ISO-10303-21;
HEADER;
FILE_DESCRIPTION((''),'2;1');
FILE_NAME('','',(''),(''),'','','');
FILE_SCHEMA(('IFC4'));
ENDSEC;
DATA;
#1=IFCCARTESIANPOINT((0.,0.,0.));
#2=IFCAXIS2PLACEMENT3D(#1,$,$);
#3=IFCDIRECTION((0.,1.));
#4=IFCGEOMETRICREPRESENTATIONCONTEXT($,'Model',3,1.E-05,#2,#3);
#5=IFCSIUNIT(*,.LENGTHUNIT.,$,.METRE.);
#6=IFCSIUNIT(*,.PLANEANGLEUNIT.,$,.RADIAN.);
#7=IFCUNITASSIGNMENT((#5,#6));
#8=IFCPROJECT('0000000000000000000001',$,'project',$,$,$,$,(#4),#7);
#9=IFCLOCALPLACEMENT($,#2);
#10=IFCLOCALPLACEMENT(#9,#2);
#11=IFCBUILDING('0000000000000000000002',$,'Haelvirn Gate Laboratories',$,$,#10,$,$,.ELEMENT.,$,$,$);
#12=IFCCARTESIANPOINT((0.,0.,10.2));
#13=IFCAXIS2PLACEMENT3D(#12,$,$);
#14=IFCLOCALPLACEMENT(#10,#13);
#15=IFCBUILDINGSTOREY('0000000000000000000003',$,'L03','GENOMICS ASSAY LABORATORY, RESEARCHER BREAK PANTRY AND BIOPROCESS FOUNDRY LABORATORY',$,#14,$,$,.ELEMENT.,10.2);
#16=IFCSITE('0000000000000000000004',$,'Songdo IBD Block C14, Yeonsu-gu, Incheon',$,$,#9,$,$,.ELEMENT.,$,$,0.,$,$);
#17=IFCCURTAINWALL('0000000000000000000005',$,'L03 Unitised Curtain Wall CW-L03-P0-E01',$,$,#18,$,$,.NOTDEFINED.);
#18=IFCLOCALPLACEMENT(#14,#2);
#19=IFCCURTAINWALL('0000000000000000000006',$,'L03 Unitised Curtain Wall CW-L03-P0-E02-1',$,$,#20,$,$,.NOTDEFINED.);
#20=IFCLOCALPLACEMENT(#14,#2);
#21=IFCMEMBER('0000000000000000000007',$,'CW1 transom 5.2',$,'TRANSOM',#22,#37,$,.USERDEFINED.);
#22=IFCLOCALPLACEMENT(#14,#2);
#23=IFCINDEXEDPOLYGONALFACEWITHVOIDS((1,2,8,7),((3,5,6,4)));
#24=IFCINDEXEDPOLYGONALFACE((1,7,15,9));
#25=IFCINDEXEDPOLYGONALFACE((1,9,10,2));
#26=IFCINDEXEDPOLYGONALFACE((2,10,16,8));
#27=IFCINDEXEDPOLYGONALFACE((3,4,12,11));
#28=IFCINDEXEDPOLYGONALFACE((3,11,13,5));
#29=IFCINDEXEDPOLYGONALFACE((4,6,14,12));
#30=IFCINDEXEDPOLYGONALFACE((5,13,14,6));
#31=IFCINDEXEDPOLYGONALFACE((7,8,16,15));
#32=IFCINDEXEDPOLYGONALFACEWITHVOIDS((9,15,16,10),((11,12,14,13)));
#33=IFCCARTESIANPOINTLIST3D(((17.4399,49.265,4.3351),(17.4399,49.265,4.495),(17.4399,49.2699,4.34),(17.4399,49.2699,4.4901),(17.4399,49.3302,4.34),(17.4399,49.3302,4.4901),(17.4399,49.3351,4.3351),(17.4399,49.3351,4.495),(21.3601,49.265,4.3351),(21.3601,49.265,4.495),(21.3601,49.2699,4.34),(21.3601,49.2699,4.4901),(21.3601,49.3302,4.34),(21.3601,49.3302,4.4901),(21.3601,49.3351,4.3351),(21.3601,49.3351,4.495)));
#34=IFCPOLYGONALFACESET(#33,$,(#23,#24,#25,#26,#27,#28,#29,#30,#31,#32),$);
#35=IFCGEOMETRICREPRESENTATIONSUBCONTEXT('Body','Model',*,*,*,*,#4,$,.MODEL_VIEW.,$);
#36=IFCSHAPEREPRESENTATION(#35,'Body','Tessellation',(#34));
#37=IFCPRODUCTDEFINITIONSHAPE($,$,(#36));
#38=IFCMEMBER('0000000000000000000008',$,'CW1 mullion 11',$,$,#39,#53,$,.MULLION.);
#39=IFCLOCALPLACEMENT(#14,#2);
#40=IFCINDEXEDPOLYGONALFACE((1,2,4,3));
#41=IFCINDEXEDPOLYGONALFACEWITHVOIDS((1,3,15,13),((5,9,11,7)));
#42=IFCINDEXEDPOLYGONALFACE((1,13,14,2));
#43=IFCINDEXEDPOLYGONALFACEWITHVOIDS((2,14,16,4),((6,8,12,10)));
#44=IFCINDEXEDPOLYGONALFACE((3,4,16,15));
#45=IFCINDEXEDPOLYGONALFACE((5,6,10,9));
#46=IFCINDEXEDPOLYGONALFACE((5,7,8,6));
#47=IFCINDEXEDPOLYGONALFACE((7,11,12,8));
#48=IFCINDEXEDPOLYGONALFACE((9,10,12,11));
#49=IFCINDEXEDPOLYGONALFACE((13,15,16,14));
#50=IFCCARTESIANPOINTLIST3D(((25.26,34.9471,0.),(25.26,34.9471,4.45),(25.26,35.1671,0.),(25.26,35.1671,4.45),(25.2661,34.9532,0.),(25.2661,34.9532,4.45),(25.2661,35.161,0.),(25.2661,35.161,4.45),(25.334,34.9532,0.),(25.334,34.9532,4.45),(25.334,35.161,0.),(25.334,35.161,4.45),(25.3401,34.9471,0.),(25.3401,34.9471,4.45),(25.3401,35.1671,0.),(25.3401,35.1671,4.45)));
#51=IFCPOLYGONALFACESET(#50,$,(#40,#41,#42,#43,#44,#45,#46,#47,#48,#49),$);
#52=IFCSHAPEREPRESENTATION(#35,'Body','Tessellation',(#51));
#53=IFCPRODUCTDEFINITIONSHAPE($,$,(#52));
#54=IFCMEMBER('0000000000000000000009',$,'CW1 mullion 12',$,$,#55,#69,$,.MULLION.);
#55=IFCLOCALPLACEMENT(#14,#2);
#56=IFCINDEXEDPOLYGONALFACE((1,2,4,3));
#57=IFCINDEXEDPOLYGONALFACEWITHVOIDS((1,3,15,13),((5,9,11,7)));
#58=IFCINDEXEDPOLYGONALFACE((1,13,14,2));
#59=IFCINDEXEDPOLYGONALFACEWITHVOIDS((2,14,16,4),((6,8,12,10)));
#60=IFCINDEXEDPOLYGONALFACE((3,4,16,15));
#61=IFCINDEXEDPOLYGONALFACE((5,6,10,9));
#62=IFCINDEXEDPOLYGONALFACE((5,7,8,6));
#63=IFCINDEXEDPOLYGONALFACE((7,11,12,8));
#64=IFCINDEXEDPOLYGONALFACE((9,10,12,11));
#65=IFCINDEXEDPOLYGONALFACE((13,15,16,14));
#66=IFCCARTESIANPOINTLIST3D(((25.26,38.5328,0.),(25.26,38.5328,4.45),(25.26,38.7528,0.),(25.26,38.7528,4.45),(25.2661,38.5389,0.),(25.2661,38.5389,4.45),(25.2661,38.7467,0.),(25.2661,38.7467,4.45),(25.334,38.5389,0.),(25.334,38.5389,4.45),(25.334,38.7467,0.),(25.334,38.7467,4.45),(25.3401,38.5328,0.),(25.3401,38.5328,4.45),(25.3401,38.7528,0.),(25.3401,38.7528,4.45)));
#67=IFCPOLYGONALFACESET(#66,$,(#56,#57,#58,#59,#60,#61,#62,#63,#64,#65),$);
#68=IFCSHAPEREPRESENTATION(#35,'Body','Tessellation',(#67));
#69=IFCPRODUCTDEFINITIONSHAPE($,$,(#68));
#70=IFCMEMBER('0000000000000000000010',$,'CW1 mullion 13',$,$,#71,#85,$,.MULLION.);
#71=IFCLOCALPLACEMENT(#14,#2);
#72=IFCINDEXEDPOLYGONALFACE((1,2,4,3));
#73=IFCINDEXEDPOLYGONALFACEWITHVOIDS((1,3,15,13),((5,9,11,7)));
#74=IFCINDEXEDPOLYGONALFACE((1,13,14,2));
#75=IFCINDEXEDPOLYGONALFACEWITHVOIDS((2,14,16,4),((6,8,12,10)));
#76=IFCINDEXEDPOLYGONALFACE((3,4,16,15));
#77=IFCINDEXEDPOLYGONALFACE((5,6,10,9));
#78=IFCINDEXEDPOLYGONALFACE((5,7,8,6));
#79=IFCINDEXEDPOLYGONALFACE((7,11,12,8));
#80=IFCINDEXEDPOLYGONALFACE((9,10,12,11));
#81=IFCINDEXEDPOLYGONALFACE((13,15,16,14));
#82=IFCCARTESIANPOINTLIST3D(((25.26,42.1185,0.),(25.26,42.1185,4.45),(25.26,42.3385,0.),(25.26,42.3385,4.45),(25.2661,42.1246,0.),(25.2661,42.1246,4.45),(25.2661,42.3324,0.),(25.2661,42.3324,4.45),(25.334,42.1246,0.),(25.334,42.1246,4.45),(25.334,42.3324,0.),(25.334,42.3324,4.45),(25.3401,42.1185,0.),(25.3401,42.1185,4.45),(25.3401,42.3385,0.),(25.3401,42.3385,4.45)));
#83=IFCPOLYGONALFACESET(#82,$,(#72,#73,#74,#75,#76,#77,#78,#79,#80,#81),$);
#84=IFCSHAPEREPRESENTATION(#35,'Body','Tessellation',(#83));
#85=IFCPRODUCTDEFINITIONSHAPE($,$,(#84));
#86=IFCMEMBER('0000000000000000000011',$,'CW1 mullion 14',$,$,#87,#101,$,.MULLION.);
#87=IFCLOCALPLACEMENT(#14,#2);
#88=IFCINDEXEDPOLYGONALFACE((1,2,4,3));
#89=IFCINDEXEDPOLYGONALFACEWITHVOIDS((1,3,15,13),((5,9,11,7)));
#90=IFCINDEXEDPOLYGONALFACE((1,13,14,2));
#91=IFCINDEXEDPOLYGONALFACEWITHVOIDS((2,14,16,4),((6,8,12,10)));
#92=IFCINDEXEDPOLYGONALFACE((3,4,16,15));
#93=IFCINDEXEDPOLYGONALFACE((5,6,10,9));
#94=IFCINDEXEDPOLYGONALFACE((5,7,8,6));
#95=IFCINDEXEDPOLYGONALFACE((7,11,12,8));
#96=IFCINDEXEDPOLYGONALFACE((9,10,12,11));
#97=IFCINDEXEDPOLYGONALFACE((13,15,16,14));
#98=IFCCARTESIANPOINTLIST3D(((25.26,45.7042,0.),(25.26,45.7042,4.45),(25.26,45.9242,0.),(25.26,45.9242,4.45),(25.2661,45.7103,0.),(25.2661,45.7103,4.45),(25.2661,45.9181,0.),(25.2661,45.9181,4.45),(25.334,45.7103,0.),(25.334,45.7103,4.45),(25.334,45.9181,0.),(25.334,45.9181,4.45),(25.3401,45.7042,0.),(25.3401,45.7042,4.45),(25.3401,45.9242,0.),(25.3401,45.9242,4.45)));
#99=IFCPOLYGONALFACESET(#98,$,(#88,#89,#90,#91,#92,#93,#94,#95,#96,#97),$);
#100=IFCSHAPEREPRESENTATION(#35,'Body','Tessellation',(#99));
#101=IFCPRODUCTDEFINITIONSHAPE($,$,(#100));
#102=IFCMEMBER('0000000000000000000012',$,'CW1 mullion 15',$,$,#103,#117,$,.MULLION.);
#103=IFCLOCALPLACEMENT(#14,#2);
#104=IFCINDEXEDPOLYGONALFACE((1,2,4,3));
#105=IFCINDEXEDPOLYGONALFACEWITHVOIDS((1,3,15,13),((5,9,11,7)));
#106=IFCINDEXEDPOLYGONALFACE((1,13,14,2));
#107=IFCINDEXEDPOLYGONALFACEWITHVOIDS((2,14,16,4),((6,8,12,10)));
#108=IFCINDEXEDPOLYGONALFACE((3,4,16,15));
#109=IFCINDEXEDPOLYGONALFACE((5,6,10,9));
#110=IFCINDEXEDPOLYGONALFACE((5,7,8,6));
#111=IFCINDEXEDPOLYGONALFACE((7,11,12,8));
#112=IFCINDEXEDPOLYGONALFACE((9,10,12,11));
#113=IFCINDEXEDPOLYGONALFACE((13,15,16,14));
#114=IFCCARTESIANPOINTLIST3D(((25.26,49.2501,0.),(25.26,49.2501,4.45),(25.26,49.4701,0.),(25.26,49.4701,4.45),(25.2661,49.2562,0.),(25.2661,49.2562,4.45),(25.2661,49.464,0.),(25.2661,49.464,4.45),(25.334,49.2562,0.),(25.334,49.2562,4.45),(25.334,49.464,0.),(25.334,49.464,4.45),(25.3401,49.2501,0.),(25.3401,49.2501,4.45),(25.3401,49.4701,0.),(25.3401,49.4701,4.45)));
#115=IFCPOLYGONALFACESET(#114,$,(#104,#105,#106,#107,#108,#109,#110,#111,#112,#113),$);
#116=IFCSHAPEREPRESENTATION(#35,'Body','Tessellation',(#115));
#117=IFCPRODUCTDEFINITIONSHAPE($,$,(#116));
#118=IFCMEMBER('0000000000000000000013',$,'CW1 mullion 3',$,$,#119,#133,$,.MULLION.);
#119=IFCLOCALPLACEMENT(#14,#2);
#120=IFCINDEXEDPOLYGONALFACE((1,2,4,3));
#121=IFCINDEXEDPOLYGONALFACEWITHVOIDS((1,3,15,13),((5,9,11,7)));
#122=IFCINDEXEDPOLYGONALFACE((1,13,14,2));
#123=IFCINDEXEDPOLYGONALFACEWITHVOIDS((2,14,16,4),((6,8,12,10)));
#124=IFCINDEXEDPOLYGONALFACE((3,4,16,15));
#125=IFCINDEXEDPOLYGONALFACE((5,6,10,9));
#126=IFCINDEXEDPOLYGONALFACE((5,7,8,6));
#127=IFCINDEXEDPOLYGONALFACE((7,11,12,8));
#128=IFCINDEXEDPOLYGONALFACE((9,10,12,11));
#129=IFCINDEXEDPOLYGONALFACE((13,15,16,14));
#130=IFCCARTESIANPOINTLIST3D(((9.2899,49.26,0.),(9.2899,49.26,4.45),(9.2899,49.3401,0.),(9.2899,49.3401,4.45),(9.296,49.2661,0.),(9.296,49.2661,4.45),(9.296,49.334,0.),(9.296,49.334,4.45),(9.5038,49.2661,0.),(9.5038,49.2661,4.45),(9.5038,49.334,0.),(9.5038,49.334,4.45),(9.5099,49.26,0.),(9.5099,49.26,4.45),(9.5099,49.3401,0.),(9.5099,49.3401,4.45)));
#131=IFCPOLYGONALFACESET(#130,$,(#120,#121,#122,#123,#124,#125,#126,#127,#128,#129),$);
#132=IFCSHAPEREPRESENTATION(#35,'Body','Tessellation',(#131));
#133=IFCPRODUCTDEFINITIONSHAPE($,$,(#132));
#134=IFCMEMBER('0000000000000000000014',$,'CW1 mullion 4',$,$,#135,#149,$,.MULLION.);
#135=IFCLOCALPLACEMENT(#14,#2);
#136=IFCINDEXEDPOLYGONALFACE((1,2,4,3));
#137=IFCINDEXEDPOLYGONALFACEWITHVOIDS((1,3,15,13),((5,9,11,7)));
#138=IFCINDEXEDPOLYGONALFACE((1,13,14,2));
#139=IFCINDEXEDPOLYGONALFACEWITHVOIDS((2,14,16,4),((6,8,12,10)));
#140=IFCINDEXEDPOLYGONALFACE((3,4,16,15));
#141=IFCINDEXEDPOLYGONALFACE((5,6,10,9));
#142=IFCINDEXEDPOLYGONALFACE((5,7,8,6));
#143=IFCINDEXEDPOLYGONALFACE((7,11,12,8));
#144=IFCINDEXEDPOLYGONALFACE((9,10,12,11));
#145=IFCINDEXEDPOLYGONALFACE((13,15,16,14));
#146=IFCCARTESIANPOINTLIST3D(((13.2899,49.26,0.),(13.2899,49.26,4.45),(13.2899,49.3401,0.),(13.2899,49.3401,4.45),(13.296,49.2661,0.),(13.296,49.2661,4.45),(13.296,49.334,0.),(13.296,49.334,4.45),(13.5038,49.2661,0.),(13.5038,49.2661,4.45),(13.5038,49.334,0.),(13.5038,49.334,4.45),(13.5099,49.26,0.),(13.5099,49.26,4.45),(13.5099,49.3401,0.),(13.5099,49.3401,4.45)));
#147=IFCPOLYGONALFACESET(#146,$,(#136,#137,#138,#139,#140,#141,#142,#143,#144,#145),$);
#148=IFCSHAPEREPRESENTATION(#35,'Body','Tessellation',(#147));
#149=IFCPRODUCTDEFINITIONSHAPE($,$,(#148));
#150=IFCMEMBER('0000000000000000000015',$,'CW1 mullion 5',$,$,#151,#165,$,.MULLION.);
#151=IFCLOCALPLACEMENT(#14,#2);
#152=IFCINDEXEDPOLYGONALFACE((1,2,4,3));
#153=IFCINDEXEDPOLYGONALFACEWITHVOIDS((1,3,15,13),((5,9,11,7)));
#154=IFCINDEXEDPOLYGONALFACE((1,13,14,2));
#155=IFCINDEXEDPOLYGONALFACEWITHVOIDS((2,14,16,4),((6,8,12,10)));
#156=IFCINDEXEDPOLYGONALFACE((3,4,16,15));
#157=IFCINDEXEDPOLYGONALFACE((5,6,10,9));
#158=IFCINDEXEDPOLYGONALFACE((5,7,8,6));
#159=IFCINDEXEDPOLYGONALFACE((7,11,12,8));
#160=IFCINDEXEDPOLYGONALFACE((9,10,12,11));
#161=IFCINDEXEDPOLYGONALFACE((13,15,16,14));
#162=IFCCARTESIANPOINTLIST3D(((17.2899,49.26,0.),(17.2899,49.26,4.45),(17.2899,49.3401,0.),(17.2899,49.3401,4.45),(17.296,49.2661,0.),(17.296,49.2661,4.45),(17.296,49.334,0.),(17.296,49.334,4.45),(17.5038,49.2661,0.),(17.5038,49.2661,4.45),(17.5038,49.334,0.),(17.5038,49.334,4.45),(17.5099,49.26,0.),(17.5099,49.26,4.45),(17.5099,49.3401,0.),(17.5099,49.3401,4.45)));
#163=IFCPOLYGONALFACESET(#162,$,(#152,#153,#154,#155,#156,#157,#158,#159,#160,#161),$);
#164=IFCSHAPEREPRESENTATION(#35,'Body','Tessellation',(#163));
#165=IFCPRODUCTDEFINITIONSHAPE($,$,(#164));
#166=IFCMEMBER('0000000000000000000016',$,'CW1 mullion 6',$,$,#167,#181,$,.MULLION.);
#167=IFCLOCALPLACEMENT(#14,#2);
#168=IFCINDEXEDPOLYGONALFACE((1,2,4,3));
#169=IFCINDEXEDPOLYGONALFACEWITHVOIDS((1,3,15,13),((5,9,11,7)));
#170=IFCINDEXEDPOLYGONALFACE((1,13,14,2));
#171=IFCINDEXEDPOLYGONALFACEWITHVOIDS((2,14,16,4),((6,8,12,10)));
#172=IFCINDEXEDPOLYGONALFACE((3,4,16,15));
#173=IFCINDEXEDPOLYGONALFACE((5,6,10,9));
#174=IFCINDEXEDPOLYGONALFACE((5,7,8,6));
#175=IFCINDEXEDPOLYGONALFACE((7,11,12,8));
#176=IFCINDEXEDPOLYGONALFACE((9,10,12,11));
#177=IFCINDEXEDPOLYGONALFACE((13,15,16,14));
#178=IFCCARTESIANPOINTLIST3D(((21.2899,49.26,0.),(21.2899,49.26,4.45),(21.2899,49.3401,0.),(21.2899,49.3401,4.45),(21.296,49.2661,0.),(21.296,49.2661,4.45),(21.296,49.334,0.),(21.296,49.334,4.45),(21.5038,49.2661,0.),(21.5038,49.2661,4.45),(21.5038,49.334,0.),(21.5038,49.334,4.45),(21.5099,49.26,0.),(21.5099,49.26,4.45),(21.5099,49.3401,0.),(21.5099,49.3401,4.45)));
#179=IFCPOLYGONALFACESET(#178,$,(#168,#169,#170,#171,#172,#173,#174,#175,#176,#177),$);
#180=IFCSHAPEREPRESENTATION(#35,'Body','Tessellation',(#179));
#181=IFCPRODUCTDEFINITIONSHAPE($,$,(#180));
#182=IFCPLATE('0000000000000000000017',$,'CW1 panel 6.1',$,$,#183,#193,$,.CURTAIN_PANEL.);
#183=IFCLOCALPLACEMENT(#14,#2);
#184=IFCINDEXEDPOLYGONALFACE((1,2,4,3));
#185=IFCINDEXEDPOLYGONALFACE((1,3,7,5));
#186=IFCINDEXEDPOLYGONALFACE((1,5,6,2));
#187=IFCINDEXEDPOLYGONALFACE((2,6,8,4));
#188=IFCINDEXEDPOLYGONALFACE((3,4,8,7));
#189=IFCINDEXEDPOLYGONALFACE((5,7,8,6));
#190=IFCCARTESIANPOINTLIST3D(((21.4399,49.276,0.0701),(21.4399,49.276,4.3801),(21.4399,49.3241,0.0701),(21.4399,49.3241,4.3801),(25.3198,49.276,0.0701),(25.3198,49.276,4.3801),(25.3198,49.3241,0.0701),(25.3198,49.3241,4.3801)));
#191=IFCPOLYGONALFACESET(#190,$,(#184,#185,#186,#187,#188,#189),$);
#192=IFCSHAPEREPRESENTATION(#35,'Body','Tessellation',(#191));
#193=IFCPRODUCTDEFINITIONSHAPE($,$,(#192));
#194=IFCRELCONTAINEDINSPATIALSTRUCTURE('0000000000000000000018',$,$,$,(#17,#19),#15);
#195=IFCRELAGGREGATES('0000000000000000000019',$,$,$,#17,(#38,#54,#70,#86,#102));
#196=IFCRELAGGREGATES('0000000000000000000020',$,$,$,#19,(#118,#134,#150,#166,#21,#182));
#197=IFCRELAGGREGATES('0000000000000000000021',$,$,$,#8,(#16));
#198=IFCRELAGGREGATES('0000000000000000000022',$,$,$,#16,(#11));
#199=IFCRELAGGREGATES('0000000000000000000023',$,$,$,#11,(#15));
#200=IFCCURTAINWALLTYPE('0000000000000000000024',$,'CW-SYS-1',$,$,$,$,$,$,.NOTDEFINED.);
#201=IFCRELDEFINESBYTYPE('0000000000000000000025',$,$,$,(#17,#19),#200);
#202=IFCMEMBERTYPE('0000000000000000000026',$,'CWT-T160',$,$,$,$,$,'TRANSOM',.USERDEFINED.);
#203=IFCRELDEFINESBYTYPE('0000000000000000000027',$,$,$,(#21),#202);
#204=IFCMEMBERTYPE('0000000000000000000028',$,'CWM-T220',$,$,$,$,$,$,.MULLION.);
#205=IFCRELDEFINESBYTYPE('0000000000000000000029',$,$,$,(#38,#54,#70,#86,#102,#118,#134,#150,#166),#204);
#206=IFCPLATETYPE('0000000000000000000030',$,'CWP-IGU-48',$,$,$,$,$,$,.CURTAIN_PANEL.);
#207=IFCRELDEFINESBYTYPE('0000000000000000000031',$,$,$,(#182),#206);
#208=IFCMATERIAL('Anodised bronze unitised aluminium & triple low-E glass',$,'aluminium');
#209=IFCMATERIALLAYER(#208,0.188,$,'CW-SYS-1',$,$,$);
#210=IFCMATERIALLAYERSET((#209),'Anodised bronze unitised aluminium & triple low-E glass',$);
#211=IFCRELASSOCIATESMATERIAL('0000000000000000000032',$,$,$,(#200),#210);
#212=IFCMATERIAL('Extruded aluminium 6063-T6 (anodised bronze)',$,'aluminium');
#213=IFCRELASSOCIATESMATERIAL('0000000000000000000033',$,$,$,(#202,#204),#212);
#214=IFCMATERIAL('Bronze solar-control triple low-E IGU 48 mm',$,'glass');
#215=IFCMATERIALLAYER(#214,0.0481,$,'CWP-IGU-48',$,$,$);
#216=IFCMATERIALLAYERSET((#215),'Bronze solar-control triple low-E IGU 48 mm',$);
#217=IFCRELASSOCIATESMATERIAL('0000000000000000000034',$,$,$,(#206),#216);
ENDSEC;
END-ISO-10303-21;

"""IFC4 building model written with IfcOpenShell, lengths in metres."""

from ifc_helpers import new_model, si_unit, direction, frame, origin, origin_2d, place, context, subcontext, project, spatial, rectangle, hollow_rectangle, extrude, source, transform, mapped, material, layer, layer_set, material_profile, profile_set, type_object, type_shapes, element, aggregate, save


model = new_model("IFC4")

# Units and contexts
model_context = context("Model", 3, precision=1e-05, world=origin(), true_north=direction((0.0, 1.0)))
body_context = subcontext(model_context, "Body", "Model", "MODEL_VIEW")
ifc_project = project(units=[si_unit("LENGTHUNIT", "METRE"), si_unit("PLANEANGLEUNIT", "RADIAN")], contexts=[model_context])

# Site, building, storey
site_placement = place(None, origin())
site = spatial("IfcSite", under=ifc_project, at=site_placement, Name="Songdo IBD Block C14, Yeonsu-gu, Incheon", CompositionType="ELEMENT", RefElevation=0.0)
building_placement = place(site_placement, origin())
building = spatial("IfcBuilding", under=site, at=building_placement, Name="Haelvirn Gate Laboratories", CompositionType="ELEMENT")
storey_placement = place(building_placement, frame((0.0, 0.0, 10.2)))
storey = spatial("IfcBuildingStorey", under=building, at=storey_placement, Name="L03", Description="GENOMICS ASSAY LABORATORY, RESEARCHER BREAK PANTRY AND BIOPROCESS FOUNDRY LABORATORY", CompositionType="ELEMENT", Elevation=10.2)

# Curtain wall
ifc_material_1 = material(Name="Anodised bronze unitised aluminium & triple low-E glass", Category="aluminium")
ifc_layer_1 = layer(ifc_material_1, 0.188, Name="CW-SYS-1")
ifc_layer_set_1 = layer_set([ifc_layer_1], Name="Anodised bronze unitised aluminium & triple low-E glass")
curtain_wall_type = type_object("IfcCurtainWallType", Name="CW-SYS-1", PredefinedType="NOTDEFINED", material=ifc_layer_set_1)
curtain_wall_1_placement = place(storey_placement, origin())
curtain_wall_1 = element("IfcCurtainWall", 1, at=curtain_wall_1_placement, inside=storey, type_object=curtain_wall_type, Name="L03 Unitised Curtain Wall CW-L03-P0-E01", PredefinedType="NOTDEFINED")
ifc_material_2 = material(Name="Extruded aluminium 6063-T6 (anodised bronze)", Category="aluminium")
ifc_material_profile_1 = material_profile(ifc_material_2, hollow_rectangle(XDim=0.0701, YDim=0.1599, WallThickness=0.0049, at=origin_2d()), Name="CWT-160x70x5")
ifc_profile_set_1 = profile_set([ifc_material_profile_1], Name="Extruded aluminium 6063-T6 (anodised bronze)")
member_type_1 = type_object("IfcMemberType", Name="CWT-T160", ElementType="TRANSOM", PredefinedType="USERDEFINED", material=ifc_profile_set_1)

# Curtain wall, member
curtain_wall_2_placement = place(storey_placement, origin())
curtain_wall_2 = element("IfcCurtainWall", 2, at=curtain_wall_2_placement, inside=storey, type_object=curtain_wall_type, Name="L03 Unitised Curtain Wall CW-L03-P0-E02-1", PredefinedType="NOTDEFINED")
shared_shape_1 = source(origin(), body_context, "Body", "SweptSolid", [
    extrude(hollow_rectangle(XDim=0.0701, YDim=0.1599, WallThickness=0.0049, at=origin_2d()), origin(), (0.0, 0.0, 1.0), 3.9202),
])
member_1_placement = place(storey_placement, frame((17.4399, 49.3, 4.415), z_axis=(1.0, 0.0, 0.0), x_axis=(0.0, 1.0, 0.0)))
member_1 = element("IfcMember", 3, at=member_1_placement, type_object=member_type_1, Name="CW1 transom 5.2", ObjectType="TRANSOM", PredefinedType="USERDEFINED", context=body_context, shape_type="MappedRepresentation", body=[
    mapped(shared_shape_1, transform((0.0, 0.0, 0.0), scale=1.0)),
])

# Members
ifc_material_profile_2 = material_profile(ifc_material_2, hollow_rectangle(XDim=0.0801, YDim=0.22, WallThickness=0.0061, at=origin_2d()), Name="CWM-220x80x6")
ifc_profile_set_2 = profile_set([ifc_material_profile_2], Name="Extruded aluminium 6063-T6 (anodised bronze)")
member_type_2 = type_object("IfcMemberType", Name="CWM-T220", PredefinedType="MULLION", material=ifc_profile_set_2)
shared_shape_2 = source(origin(), body_context, "Body", "SweptSolid", [
    extrude(hollow_rectangle(XDim=0.0801, YDim=0.22, WallThickness=0.0061, at=origin_2d()), origin(), (0.0, 0.0, 1.0), 4.45),
])
type_shapes(member_type_2, [shared_shape_2])
member_2_placement = place(storey_placement, frame((25.3, 35.0571, 0.0), z_axis=(0.0, 0.0, 1.0), x_axis=(-1.0, 0.0, 0.0)))
member_2 = element("IfcMember", 4, at=member_2_placement, type_object=member_type_2, Name="CW1 mullion 11", PredefinedType="MULLION", context=body_context, shape_type="MappedRepresentation", body=[
    mapped(shared_shape_2, transform((0.0, 0.0, 0.0), scale=1.0)),
])
member_3_placement = place(storey_placement, frame((25.3, 38.6428, 0.0), z_axis=(0.0, 0.0, 1.0), x_axis=(-1.0, 0.0, 0.0)))
member_3 = element("IfcMember", 5, at=member_3_placement, type_object=member_type_2, Name="CW1 mullion 12", PredefinedType="MULLION", context=body_context, shape_type="MappedRepresentation", body=[
    mapped(shared_shape_2, transform((0.0, 0.0, 0.0), scale=1.0)),
])
member_4_placement = place(storey_placement, frame((25.3, 42.2285, 0.0), z_axis=(0.0, 0.0, 1.0), x_axis=(-1.0, 0.0, 0.0)))
member_4 = element("IfcMember", 6, at=member_4_placement, type_object=member_type_2, Name="CW1 mullion 13", PredefinedType="MULLION", context=body_context, shape_type="MappedRepresentation", body=[
    mapped(shared_shape_2, transform((0.0, 0.0, 0.0), scale=1.0)),
])
member_5_placement = place(storey_placement, frame((25.3, 45.8142, 0.0), z_axis=(0.0, 0.0, 1.0), x_axis=(-1.0, 0.0, 0.0)))
member_5 = element("IfcMember", 7, at=member_5_placement, type_object=member_type_2, Name="CW1 mullion 14", PredefinedType="MULLION", context=body_context, shape_type="MappedRepresentation", body=[
    mapped(shared_shape_2, transform((0.0, 0.0, 0.0), scale=1.0)),
])
member_6_placement = place(storey_placement, frame((25.3, 49.3601, 0.0), z_axis=(0.0, 0.0, 1.0), x_axis=(-1.0, 0.0, 0.0)))
member_6 = element("IfcMember", 8, at=member_6_placement, type_object=member_type_2, Name="CW1 mullion 15", PredefinedType="MULLION", context=body_context, shape_type="MappedRepresentation", body=[
    mapped(shared_shape_2, transform((0.0, 0.0, 0.0), scale=1.0)),
])
aggregate(curtain_wall_1, [member_2, member_3, member_4, member_5, member_6])
member_7_placement = place(storey_placement, frame((9.3999, 49.3, 0.0), z_axis=(0.0, 0.0, 1.0), x_axis=(0.0, 1.0, 0.0)))
member_7 = element("IfcMember", 9, at=member_7_placement, type_object=member_type_2, Name="CW1 mullion 3", PredefinedType="MULLION", context=body_context, shape_type="MappedRepresentation", body=[
    mapped(shared_shape_2, transform((0.0, 0.0, 0.0), scale=1.0)),
])
member_8_placement = place(storey_placement, frame((13.3999, 49.3, 0.0), z_axis=(0.0, 0.0, 1.0), x_axis=(0.0, 1.0, 0.0)))
member_8 = element("IfcMember", 10, at=member_8_placement, type_object=member_type_2, Name="CW1 mullion 4", PredefinedType="MULLION", context=body_context, shape_type="MappedRepresentation", body=[
    mapped(shared_shape_2, transform((0.0, 0.0, 0.0), scale=1.0)),
])
member_9_placement = place(storey_placement, frame((17.3999, 49.3, 0.0), z_axis=(0.0, 0.0, 1.0), x_axis=(0.0, 1.0, 0.0)))
member_9 = element("IfcMember", 11, at=member_9_placement, type_object=member_type_2, Name="CW1 mullion 5", PredefinedType="MULLION", context=body_context, shape_type="MappedRepresentation", body=[
    mapped(shared_shape_2, transform((0.0, 0.0, 0.0), scale=1.0)),
])
member_10_placement = place(storey_placement, frame((21.3999, 49.3, 0.0), z_axis=(0.0, 0.0, 1.0), x_axis=(0.0, 1.0, 0.0)))
member_10 = element("IfcMember", 12, at=member_10_placement, type_object=member_type_2, Name="CW1 mullion 6", PredefinedType="MULLION", context=body_context, shape_type="MappedRepresentation", body=[
    mapped(shared_shape_2, transform((0.0, 0.0, 0.0), scale=1.0)),
])

# Plate
ifc_material_3 = material(Name="Bronze solar-control triple low-E IGU 48 mm", Category="glass")
ifc_layer_2 = layer(ifc_material_3, 0.0481, Name="CWP-IGU-48")
ifc_layer_set_2 = layer_set([ifc_layer_2], Name="Bronze solar-control triple low-E IGU 48 mm")
plate_type = type_object("IfcPlateType", Name="CWP-IGU-48", PredefinedType="CURTAIN_PANEL", material=ifc_layer_set_2)
shared_shape_3 = source(origin(), body_context, "Body", "SweptSolid", [
    extrude(rectangle(XDim=3.8799, YDim=0.0481, at=origin_2d()), origin(), (0.0, 0.0, 1.0), 4.3101),
])
plate_1_placement = place(storey_placement, frame((23.3799, 49.3, 0.0701), z_axis=(0.0, 0.0, 1.0), x_axis=(1.0, 0.0, 0.0)))
plate_1 = element("IfcPlate", 13, at=plate_1_placement, type_object=plate_type, Name="CW1 panel 6.1", PredefinedType="CURTAIN_PANEL", context=body_context, shape_type="MappedRepresentation", body=[
    mapped(shared_shape_3, transform((0.0, 0.0, 0.0), scale=1.0)),
])
aggregate(curtain_wall_2, [member_7, member_8, member_9, member_10, member_1, plate_1])

save(model, "model.ifc")
